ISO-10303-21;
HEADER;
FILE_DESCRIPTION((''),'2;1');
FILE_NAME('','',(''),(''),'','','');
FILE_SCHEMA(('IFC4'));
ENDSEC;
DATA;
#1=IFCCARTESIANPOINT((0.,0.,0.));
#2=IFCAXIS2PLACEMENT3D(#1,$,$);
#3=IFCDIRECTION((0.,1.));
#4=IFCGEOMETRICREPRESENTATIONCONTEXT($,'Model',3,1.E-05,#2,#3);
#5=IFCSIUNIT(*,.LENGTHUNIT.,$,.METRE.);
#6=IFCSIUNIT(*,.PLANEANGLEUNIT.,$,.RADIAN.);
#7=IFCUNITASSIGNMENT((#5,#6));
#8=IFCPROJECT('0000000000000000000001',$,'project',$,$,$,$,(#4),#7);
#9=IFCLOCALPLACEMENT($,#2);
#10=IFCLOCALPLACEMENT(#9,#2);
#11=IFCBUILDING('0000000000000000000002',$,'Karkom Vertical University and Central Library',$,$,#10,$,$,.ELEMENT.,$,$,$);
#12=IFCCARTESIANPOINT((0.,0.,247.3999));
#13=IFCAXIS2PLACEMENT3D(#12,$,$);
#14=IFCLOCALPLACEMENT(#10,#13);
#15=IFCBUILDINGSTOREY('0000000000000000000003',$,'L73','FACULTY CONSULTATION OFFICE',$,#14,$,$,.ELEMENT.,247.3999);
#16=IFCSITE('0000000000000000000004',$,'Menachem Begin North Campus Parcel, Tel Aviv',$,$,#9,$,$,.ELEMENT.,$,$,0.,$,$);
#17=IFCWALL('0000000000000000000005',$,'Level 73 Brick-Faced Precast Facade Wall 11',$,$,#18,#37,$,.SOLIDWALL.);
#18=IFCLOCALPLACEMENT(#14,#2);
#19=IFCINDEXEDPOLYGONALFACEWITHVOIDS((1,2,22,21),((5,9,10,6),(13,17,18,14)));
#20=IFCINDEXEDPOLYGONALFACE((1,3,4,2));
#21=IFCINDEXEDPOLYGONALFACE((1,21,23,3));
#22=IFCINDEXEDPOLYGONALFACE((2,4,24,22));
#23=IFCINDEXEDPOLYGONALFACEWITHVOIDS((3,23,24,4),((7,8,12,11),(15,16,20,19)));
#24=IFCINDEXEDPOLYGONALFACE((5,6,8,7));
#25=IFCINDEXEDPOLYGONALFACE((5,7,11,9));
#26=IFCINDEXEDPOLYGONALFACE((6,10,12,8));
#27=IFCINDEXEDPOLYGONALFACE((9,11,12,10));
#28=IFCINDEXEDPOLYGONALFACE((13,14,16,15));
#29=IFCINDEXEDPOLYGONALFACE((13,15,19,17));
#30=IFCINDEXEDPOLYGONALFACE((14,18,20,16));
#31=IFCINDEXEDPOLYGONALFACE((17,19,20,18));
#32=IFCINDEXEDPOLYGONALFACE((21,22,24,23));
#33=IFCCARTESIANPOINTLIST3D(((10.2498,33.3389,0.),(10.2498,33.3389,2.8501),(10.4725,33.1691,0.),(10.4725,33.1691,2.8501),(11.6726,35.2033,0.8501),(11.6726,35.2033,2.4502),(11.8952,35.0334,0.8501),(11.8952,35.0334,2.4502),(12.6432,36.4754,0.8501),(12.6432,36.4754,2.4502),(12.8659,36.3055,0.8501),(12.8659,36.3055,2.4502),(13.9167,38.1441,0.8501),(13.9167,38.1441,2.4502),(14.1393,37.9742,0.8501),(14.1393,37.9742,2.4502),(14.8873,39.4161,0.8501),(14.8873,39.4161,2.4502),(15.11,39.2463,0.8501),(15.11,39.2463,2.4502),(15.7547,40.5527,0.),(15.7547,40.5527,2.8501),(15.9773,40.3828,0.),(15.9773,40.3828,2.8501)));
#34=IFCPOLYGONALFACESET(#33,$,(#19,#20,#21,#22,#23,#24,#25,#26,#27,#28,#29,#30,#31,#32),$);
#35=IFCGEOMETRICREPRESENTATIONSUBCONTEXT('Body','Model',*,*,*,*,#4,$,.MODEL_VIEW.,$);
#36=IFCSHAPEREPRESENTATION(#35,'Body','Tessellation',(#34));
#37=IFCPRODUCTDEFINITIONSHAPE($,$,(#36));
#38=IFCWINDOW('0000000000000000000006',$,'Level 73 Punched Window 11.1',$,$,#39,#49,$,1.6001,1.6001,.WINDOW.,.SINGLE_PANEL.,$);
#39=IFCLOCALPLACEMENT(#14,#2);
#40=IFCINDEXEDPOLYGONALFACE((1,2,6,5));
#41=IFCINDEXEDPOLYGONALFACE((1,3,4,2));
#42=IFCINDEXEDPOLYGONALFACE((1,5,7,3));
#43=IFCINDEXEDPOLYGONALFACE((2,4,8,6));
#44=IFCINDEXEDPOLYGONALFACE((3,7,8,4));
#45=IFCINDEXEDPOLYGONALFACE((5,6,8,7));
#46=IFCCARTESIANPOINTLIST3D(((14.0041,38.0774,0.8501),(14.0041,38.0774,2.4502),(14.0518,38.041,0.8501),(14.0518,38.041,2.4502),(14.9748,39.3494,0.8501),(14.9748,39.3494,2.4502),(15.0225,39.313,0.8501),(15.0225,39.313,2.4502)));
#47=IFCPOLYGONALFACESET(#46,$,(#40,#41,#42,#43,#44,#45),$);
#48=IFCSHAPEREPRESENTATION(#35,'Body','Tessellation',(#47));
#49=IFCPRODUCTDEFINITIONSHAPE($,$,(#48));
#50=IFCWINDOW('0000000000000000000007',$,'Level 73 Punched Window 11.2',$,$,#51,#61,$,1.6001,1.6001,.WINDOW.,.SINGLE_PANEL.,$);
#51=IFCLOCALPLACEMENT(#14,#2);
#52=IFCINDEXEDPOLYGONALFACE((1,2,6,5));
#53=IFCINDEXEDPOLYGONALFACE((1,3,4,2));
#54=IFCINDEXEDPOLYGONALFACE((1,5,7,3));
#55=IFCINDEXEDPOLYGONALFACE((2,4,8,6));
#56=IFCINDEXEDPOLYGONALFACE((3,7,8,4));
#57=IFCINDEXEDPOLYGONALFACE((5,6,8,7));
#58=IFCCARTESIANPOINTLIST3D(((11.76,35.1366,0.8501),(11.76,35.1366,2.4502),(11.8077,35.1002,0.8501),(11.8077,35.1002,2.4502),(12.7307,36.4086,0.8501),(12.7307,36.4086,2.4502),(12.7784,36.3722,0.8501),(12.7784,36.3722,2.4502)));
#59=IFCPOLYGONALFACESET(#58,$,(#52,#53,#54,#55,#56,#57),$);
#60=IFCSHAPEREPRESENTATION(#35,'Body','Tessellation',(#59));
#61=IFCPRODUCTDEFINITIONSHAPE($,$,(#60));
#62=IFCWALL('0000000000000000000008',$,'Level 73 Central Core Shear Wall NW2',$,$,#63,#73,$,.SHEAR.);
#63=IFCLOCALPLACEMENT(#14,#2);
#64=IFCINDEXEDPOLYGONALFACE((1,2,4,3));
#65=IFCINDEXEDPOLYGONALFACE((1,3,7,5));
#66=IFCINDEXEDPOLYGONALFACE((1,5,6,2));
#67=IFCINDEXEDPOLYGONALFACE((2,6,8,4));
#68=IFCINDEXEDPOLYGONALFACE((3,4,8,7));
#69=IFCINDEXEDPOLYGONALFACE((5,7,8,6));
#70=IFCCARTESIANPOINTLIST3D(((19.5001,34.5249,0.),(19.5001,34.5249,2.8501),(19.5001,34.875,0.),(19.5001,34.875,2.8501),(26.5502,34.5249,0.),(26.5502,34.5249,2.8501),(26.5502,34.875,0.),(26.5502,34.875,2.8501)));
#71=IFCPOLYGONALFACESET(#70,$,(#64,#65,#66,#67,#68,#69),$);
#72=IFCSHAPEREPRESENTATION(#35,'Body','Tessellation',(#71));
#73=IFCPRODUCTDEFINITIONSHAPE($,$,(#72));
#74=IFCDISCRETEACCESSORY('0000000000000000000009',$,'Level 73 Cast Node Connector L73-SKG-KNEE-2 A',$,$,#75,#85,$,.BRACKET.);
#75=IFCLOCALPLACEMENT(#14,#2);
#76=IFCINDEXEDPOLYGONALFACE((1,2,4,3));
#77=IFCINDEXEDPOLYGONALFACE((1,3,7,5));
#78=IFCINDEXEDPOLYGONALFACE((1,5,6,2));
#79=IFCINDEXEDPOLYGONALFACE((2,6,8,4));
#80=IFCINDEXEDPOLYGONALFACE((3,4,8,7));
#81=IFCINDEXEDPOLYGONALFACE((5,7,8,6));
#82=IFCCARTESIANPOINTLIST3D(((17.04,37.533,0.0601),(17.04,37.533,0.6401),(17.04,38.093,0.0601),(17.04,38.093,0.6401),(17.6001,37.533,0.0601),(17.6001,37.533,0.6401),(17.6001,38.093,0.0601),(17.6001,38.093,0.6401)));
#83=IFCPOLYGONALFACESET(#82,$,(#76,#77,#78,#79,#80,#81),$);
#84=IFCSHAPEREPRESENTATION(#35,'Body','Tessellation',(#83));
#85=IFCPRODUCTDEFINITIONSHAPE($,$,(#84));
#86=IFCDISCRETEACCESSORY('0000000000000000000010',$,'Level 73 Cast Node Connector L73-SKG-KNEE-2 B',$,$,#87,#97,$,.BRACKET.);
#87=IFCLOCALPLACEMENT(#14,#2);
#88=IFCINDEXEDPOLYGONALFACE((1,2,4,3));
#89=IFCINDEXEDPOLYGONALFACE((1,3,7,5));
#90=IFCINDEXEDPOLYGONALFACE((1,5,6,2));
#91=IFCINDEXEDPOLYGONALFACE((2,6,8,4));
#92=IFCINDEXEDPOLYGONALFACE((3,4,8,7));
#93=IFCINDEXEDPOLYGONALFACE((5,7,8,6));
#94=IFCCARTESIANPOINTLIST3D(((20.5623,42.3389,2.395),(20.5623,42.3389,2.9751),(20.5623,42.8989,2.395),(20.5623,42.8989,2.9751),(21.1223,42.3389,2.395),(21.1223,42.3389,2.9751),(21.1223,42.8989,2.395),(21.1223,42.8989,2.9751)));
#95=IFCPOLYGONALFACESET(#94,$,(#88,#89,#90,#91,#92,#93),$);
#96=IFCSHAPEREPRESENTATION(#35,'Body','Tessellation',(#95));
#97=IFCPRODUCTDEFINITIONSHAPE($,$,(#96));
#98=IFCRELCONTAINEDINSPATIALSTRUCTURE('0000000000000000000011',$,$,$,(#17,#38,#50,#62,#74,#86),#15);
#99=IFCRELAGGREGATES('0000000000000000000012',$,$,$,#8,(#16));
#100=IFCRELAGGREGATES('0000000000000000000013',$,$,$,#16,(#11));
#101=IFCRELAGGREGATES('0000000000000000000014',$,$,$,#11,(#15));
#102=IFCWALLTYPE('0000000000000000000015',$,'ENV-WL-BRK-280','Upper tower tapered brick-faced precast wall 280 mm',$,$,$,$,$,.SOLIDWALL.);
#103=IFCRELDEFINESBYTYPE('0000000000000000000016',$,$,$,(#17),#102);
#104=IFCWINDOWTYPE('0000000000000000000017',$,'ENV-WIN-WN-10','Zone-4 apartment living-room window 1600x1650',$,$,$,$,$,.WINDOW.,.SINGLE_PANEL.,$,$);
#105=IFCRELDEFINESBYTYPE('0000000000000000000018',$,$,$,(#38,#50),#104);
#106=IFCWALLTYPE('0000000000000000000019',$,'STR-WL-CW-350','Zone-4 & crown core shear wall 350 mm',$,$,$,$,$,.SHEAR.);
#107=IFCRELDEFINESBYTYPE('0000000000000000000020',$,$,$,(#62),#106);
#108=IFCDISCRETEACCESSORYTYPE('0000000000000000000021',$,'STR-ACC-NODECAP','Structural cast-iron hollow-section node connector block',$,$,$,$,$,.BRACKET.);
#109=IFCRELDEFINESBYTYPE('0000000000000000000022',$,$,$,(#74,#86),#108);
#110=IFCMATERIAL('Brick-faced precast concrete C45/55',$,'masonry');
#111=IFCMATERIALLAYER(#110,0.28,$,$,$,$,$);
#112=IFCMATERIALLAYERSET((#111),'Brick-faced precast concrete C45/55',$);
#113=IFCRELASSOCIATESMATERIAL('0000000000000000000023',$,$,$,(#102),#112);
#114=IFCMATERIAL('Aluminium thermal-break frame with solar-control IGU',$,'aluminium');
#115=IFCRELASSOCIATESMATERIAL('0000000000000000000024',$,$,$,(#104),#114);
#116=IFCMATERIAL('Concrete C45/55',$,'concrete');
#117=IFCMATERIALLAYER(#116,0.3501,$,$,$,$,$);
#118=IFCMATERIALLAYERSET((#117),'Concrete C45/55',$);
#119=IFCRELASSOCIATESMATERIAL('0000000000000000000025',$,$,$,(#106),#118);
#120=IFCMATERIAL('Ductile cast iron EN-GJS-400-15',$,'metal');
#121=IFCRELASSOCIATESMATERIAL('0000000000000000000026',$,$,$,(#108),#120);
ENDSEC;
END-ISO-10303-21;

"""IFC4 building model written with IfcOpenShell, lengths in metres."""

from ifc_helpers import new_model, si_unit, direction, frame, frame_2d, origin, origin_with_axes, origin_2d, place, context, subcontext, project, spatial, rectangle, extrude, source, transform, mapped, material, layer, layer_set, type_object, element, fill, save


model = new_model("IFC4")

# Units and contexts
model_context = context("Model", 3, precision=1e-05, world=origin(), true_north=direction((0.0, 1.0)))
body_context = subcontext(model_context, "Body", "Model", "MODEL_VIEW")
ifc_project = project(units=[si_unit("LENGTHUNIT", "METRE"), si_unit("PLANEANGLEUNIT", "RADIAN")], contexts=[model_context])

# Site, building, storey
site_placement = place(None, origin())
site = spatial("IfcSite", under=ifc_project, at=site_placement, Name="Menachem Begin North Campus Parcel, Tel Aviv", CompositionType="ELEMENT", RefElevation=0.0)
building_placement = place(site_placement, origin())
building = spatial("IfcBuilding", under=site, at=building_placement, Name="Karkom Vertical University and Central Library", CompositionType="ELEMENT")
storey_placement = place(building_placement, frame((0.0, 0.0, 247.3999)))
storey = spatial("IfcBuildingStorey", under=building, at=storey_placement, Name="L73", Description="FACULTY CONSULTATION OFFICE", CompositionType="ELEMENT", Elevation=247.3999)

# Shared definitions
ifc_material_1 = material(Name="Concrete C45/55", Category="concrete")

# Shared definitions
ifc_material_2 = material(Name="Brick-faced precast concrete C45/55", Category="masonry")
ifc_layer_1 = layer(ifc_material_2, 0.28)
ifc_layer_set_1 = layer_set([ifc_layer_1], Name="Brick-faced precast concrete C45/55")
wall_type_1 = type_object("IfcWallType", Name="ENV-WL-BRK-280", Description="Upper tower tapered brick-faced precast wall 280 mm", PredefinedType="SOLIDWALL", material=ifc_layer_set_1)
ifc_material_3 = material(Name="Aluminium thermal-break frame with solar-control IGU", Category="aluminium")

# Wall, openings, windows
wall_1_placement = place(storey_placement, frame((15.866, 40.4678, 0.0), z_axis=(0.0, 0.0, 1.0), x_axis=(-0.606643, -0.794974, 0.0)))
wall_1 = element("IfcWall", 1, at=wall_1_placement, inside=storey, type_object=wall_type_1, Name="Level 73 Brick-Faced Precast Facade Wall 11", PredefinedType="SOLIDWALL", context=body_context, shape_type="SweptSolid", body=[
    extrude(rectangle(XDim=9.0742, YDim=0.28, at=frame_2d((4.5371, 0.0))), origin(), (0.0, 0.0, 1.0), 2.8501),
])
opening_1_placement = place(wall_1_placement, frame((1.4297, 0.0, 0.8501)))
opening_1 = element("IfcOpeningElement", 2, at=opening_1_placement, cuts=wall_1, PredefinedType="OPENING", context=body_context, shape_type="SweptSolid", body=[
    extrude(rectangle(XDim=1.6001, YDim=1.6001, at=frame_2d((0.8, 0.8))), frame((0.0, 0.1499, 0.0), z_axis=(0.0, -1.0, 0.0), x_axis=(1.0, 0.0, 0.0)), (0.0, 0.0, 1.0), 0.3),
])
opening_2_placement = place(wall_1_placement, frame((5.1289, 0.0, 0.8501)))
opening_2 = element("IfcOpeningElement", 3, at=opening_2_placement, cuts=wall_1, PredefinedType="OPENING", context=body_context, shape_type="SweptSolid", body=[
    extrude(rectangle(XDim=1.6001, YDim=1.6001, at=frame_2d((0.8, 0.8))), frame((0.0, 0.1499, 0.0), z_axis=(0.0, -1.0, 0.0), x_axis=(1.0, 0.0, 0.0)), (0.0, 0.0, 1.0), 0.3),
])
window_type_1 = type_object("IfcWindowType", Name="ENV-WIN-WN-10", Description="Zone-4 apartment living-room window 1600x1650", PartitioningType="SINGLE_PANEL", PredefinedType="WINDOW", material=ifc_material_3)
shared_shape_1 = source(origin_with_axes(), body_context, "Body", "SweptSolid", [
    extrude(rectangle(XDim=1.6001, YDim=1.6001, at=frame_2d((0.8, 0.8))), frame((0.0, 0.03, 0.0), z_axis=(0.0, -1.0, 0.0), x_axis=(1.0, 0.0, 0.0)), (0.0, 0.0, 1.0), 0.0601),
])
window_1_placement = place(opening_1_placement, origin())
window_1 = element("IfcWindow", 4, at=window_1_placement, inside=storey, type_object=window_type_1, Name="Level 73 Punched Window 11.1", OverallHeight=1.6001, OverallWidth=1.6001, PartitioningType="SINGLE_PANEL", PredefinedType="WINDOW", context=body_context, shape_type="MappedRepresentation", body=[
    mapped(shared_shape_1, transform((0.0, 0.0, 0.0), scale=1.0)),
])
fill(opening_1, window_1)
window_2_placement = place(opening_2_placement, origin())
window_2 = element("IfcWindow", 5, at=window_2_placement, inside=storey, type_object=window_type_1, Name="Level 73 Punched Window 11.2", OverallHeight=1.6001, OverallWidth=1.6001, PartitioningType="SINGLE_PANEL", PredefinedType="WINDOW", context=body_context, shape_type="MappedRepresentation", body=[
    mapped(shared_shape_1, transform((0.0, 0.0, 0.0), scale=1.0)),
])
fill(opening_2, window_2)

# Wall
ifc_layer_2 = layer(ifc_material_1, 0.3501)
ifc_layer_set_2 = layer_set([ifc_layer_2], Name="Concrete C45/55")
wall_type_2 = type_object("IfcWallType", Name="STR-WL-CW-350", Description="Zone-4 & crown core shear wall 350 mm", PredefinedType="SHEAR", material=ifc_layer_set_2)
wall_2_placement = place(storey_placement, frame((26.55, 34.7, 0.0), z_axis=(0.0, 0.0, 1.0), x_axis=(-1.0, 0.0, 0.0)))
element("IfcWall", 6, at=wall_2_placement, inside=storey, type_object=wall_type_2, Name="Level 73 Central Core Shear Wall NW2", PredefinedType="SHEAR", context=body_context, shape_type="SweptSolid", body=[
    extrude(rectangle(XDim=7.05, YDim=0.3501, at=frame_2d((3.5249, 0.0))), origin(), (0.0, 0.0, 1.0), 2.8501),
])

# Discrete accessories
ifc_material_4 = material(Name="Ductile cast iron EN-GJS-400-15", Category="metal")
discrete_accessory_type = type_object("IfcDiscreteAccessoryType", Name="STR-ACC-NODECAP", Description="Structural cast-iron hollow-section node connector block", PredefinedType="BRACKET", material=ifc_material_4)
shared_shape_2 = source(origin_with_axes(), body_context, "Body", "SweptSolid", [
    extrude(rectangle(XDim=0.5601, YDim=0.5601, at=origin_2d()), origin(), (0.0, 0.0, 1.0), 0.5801),
])
for number, where, z_axis, x_axis, name in (
    (7, (17.3201, 37.813, 0.0601), (0.0, 0.0, 1.0), (1.0, 0.0, 0.0), "Level 73 Cast Node Connector L73-SKG-KNEE-2 A"),
    (8, (20.8423, 42.6189, 2.395), (0.0, 0.0, 1.0), (1.0, 0.0, 0.0), "Level 73 Cast Node Connector L73-SKG-KNEE-2 B"),
):
    element("IfcDiscreteAccessory", number, at=place(storey_placement, frame(where, z_axis=z_axis, x_axis=x_axis)), inside=storey, type_object=discrete_accessory_type, Name=name, PredefinedType="BRACKET", context=body_context, shape_type="MappedRepresentation", body=[
        mapped(shared_shape_2, transform((0.0, 0.0, 0.0), scale=1.0)),
    ])

save(model, "model.ifc")
